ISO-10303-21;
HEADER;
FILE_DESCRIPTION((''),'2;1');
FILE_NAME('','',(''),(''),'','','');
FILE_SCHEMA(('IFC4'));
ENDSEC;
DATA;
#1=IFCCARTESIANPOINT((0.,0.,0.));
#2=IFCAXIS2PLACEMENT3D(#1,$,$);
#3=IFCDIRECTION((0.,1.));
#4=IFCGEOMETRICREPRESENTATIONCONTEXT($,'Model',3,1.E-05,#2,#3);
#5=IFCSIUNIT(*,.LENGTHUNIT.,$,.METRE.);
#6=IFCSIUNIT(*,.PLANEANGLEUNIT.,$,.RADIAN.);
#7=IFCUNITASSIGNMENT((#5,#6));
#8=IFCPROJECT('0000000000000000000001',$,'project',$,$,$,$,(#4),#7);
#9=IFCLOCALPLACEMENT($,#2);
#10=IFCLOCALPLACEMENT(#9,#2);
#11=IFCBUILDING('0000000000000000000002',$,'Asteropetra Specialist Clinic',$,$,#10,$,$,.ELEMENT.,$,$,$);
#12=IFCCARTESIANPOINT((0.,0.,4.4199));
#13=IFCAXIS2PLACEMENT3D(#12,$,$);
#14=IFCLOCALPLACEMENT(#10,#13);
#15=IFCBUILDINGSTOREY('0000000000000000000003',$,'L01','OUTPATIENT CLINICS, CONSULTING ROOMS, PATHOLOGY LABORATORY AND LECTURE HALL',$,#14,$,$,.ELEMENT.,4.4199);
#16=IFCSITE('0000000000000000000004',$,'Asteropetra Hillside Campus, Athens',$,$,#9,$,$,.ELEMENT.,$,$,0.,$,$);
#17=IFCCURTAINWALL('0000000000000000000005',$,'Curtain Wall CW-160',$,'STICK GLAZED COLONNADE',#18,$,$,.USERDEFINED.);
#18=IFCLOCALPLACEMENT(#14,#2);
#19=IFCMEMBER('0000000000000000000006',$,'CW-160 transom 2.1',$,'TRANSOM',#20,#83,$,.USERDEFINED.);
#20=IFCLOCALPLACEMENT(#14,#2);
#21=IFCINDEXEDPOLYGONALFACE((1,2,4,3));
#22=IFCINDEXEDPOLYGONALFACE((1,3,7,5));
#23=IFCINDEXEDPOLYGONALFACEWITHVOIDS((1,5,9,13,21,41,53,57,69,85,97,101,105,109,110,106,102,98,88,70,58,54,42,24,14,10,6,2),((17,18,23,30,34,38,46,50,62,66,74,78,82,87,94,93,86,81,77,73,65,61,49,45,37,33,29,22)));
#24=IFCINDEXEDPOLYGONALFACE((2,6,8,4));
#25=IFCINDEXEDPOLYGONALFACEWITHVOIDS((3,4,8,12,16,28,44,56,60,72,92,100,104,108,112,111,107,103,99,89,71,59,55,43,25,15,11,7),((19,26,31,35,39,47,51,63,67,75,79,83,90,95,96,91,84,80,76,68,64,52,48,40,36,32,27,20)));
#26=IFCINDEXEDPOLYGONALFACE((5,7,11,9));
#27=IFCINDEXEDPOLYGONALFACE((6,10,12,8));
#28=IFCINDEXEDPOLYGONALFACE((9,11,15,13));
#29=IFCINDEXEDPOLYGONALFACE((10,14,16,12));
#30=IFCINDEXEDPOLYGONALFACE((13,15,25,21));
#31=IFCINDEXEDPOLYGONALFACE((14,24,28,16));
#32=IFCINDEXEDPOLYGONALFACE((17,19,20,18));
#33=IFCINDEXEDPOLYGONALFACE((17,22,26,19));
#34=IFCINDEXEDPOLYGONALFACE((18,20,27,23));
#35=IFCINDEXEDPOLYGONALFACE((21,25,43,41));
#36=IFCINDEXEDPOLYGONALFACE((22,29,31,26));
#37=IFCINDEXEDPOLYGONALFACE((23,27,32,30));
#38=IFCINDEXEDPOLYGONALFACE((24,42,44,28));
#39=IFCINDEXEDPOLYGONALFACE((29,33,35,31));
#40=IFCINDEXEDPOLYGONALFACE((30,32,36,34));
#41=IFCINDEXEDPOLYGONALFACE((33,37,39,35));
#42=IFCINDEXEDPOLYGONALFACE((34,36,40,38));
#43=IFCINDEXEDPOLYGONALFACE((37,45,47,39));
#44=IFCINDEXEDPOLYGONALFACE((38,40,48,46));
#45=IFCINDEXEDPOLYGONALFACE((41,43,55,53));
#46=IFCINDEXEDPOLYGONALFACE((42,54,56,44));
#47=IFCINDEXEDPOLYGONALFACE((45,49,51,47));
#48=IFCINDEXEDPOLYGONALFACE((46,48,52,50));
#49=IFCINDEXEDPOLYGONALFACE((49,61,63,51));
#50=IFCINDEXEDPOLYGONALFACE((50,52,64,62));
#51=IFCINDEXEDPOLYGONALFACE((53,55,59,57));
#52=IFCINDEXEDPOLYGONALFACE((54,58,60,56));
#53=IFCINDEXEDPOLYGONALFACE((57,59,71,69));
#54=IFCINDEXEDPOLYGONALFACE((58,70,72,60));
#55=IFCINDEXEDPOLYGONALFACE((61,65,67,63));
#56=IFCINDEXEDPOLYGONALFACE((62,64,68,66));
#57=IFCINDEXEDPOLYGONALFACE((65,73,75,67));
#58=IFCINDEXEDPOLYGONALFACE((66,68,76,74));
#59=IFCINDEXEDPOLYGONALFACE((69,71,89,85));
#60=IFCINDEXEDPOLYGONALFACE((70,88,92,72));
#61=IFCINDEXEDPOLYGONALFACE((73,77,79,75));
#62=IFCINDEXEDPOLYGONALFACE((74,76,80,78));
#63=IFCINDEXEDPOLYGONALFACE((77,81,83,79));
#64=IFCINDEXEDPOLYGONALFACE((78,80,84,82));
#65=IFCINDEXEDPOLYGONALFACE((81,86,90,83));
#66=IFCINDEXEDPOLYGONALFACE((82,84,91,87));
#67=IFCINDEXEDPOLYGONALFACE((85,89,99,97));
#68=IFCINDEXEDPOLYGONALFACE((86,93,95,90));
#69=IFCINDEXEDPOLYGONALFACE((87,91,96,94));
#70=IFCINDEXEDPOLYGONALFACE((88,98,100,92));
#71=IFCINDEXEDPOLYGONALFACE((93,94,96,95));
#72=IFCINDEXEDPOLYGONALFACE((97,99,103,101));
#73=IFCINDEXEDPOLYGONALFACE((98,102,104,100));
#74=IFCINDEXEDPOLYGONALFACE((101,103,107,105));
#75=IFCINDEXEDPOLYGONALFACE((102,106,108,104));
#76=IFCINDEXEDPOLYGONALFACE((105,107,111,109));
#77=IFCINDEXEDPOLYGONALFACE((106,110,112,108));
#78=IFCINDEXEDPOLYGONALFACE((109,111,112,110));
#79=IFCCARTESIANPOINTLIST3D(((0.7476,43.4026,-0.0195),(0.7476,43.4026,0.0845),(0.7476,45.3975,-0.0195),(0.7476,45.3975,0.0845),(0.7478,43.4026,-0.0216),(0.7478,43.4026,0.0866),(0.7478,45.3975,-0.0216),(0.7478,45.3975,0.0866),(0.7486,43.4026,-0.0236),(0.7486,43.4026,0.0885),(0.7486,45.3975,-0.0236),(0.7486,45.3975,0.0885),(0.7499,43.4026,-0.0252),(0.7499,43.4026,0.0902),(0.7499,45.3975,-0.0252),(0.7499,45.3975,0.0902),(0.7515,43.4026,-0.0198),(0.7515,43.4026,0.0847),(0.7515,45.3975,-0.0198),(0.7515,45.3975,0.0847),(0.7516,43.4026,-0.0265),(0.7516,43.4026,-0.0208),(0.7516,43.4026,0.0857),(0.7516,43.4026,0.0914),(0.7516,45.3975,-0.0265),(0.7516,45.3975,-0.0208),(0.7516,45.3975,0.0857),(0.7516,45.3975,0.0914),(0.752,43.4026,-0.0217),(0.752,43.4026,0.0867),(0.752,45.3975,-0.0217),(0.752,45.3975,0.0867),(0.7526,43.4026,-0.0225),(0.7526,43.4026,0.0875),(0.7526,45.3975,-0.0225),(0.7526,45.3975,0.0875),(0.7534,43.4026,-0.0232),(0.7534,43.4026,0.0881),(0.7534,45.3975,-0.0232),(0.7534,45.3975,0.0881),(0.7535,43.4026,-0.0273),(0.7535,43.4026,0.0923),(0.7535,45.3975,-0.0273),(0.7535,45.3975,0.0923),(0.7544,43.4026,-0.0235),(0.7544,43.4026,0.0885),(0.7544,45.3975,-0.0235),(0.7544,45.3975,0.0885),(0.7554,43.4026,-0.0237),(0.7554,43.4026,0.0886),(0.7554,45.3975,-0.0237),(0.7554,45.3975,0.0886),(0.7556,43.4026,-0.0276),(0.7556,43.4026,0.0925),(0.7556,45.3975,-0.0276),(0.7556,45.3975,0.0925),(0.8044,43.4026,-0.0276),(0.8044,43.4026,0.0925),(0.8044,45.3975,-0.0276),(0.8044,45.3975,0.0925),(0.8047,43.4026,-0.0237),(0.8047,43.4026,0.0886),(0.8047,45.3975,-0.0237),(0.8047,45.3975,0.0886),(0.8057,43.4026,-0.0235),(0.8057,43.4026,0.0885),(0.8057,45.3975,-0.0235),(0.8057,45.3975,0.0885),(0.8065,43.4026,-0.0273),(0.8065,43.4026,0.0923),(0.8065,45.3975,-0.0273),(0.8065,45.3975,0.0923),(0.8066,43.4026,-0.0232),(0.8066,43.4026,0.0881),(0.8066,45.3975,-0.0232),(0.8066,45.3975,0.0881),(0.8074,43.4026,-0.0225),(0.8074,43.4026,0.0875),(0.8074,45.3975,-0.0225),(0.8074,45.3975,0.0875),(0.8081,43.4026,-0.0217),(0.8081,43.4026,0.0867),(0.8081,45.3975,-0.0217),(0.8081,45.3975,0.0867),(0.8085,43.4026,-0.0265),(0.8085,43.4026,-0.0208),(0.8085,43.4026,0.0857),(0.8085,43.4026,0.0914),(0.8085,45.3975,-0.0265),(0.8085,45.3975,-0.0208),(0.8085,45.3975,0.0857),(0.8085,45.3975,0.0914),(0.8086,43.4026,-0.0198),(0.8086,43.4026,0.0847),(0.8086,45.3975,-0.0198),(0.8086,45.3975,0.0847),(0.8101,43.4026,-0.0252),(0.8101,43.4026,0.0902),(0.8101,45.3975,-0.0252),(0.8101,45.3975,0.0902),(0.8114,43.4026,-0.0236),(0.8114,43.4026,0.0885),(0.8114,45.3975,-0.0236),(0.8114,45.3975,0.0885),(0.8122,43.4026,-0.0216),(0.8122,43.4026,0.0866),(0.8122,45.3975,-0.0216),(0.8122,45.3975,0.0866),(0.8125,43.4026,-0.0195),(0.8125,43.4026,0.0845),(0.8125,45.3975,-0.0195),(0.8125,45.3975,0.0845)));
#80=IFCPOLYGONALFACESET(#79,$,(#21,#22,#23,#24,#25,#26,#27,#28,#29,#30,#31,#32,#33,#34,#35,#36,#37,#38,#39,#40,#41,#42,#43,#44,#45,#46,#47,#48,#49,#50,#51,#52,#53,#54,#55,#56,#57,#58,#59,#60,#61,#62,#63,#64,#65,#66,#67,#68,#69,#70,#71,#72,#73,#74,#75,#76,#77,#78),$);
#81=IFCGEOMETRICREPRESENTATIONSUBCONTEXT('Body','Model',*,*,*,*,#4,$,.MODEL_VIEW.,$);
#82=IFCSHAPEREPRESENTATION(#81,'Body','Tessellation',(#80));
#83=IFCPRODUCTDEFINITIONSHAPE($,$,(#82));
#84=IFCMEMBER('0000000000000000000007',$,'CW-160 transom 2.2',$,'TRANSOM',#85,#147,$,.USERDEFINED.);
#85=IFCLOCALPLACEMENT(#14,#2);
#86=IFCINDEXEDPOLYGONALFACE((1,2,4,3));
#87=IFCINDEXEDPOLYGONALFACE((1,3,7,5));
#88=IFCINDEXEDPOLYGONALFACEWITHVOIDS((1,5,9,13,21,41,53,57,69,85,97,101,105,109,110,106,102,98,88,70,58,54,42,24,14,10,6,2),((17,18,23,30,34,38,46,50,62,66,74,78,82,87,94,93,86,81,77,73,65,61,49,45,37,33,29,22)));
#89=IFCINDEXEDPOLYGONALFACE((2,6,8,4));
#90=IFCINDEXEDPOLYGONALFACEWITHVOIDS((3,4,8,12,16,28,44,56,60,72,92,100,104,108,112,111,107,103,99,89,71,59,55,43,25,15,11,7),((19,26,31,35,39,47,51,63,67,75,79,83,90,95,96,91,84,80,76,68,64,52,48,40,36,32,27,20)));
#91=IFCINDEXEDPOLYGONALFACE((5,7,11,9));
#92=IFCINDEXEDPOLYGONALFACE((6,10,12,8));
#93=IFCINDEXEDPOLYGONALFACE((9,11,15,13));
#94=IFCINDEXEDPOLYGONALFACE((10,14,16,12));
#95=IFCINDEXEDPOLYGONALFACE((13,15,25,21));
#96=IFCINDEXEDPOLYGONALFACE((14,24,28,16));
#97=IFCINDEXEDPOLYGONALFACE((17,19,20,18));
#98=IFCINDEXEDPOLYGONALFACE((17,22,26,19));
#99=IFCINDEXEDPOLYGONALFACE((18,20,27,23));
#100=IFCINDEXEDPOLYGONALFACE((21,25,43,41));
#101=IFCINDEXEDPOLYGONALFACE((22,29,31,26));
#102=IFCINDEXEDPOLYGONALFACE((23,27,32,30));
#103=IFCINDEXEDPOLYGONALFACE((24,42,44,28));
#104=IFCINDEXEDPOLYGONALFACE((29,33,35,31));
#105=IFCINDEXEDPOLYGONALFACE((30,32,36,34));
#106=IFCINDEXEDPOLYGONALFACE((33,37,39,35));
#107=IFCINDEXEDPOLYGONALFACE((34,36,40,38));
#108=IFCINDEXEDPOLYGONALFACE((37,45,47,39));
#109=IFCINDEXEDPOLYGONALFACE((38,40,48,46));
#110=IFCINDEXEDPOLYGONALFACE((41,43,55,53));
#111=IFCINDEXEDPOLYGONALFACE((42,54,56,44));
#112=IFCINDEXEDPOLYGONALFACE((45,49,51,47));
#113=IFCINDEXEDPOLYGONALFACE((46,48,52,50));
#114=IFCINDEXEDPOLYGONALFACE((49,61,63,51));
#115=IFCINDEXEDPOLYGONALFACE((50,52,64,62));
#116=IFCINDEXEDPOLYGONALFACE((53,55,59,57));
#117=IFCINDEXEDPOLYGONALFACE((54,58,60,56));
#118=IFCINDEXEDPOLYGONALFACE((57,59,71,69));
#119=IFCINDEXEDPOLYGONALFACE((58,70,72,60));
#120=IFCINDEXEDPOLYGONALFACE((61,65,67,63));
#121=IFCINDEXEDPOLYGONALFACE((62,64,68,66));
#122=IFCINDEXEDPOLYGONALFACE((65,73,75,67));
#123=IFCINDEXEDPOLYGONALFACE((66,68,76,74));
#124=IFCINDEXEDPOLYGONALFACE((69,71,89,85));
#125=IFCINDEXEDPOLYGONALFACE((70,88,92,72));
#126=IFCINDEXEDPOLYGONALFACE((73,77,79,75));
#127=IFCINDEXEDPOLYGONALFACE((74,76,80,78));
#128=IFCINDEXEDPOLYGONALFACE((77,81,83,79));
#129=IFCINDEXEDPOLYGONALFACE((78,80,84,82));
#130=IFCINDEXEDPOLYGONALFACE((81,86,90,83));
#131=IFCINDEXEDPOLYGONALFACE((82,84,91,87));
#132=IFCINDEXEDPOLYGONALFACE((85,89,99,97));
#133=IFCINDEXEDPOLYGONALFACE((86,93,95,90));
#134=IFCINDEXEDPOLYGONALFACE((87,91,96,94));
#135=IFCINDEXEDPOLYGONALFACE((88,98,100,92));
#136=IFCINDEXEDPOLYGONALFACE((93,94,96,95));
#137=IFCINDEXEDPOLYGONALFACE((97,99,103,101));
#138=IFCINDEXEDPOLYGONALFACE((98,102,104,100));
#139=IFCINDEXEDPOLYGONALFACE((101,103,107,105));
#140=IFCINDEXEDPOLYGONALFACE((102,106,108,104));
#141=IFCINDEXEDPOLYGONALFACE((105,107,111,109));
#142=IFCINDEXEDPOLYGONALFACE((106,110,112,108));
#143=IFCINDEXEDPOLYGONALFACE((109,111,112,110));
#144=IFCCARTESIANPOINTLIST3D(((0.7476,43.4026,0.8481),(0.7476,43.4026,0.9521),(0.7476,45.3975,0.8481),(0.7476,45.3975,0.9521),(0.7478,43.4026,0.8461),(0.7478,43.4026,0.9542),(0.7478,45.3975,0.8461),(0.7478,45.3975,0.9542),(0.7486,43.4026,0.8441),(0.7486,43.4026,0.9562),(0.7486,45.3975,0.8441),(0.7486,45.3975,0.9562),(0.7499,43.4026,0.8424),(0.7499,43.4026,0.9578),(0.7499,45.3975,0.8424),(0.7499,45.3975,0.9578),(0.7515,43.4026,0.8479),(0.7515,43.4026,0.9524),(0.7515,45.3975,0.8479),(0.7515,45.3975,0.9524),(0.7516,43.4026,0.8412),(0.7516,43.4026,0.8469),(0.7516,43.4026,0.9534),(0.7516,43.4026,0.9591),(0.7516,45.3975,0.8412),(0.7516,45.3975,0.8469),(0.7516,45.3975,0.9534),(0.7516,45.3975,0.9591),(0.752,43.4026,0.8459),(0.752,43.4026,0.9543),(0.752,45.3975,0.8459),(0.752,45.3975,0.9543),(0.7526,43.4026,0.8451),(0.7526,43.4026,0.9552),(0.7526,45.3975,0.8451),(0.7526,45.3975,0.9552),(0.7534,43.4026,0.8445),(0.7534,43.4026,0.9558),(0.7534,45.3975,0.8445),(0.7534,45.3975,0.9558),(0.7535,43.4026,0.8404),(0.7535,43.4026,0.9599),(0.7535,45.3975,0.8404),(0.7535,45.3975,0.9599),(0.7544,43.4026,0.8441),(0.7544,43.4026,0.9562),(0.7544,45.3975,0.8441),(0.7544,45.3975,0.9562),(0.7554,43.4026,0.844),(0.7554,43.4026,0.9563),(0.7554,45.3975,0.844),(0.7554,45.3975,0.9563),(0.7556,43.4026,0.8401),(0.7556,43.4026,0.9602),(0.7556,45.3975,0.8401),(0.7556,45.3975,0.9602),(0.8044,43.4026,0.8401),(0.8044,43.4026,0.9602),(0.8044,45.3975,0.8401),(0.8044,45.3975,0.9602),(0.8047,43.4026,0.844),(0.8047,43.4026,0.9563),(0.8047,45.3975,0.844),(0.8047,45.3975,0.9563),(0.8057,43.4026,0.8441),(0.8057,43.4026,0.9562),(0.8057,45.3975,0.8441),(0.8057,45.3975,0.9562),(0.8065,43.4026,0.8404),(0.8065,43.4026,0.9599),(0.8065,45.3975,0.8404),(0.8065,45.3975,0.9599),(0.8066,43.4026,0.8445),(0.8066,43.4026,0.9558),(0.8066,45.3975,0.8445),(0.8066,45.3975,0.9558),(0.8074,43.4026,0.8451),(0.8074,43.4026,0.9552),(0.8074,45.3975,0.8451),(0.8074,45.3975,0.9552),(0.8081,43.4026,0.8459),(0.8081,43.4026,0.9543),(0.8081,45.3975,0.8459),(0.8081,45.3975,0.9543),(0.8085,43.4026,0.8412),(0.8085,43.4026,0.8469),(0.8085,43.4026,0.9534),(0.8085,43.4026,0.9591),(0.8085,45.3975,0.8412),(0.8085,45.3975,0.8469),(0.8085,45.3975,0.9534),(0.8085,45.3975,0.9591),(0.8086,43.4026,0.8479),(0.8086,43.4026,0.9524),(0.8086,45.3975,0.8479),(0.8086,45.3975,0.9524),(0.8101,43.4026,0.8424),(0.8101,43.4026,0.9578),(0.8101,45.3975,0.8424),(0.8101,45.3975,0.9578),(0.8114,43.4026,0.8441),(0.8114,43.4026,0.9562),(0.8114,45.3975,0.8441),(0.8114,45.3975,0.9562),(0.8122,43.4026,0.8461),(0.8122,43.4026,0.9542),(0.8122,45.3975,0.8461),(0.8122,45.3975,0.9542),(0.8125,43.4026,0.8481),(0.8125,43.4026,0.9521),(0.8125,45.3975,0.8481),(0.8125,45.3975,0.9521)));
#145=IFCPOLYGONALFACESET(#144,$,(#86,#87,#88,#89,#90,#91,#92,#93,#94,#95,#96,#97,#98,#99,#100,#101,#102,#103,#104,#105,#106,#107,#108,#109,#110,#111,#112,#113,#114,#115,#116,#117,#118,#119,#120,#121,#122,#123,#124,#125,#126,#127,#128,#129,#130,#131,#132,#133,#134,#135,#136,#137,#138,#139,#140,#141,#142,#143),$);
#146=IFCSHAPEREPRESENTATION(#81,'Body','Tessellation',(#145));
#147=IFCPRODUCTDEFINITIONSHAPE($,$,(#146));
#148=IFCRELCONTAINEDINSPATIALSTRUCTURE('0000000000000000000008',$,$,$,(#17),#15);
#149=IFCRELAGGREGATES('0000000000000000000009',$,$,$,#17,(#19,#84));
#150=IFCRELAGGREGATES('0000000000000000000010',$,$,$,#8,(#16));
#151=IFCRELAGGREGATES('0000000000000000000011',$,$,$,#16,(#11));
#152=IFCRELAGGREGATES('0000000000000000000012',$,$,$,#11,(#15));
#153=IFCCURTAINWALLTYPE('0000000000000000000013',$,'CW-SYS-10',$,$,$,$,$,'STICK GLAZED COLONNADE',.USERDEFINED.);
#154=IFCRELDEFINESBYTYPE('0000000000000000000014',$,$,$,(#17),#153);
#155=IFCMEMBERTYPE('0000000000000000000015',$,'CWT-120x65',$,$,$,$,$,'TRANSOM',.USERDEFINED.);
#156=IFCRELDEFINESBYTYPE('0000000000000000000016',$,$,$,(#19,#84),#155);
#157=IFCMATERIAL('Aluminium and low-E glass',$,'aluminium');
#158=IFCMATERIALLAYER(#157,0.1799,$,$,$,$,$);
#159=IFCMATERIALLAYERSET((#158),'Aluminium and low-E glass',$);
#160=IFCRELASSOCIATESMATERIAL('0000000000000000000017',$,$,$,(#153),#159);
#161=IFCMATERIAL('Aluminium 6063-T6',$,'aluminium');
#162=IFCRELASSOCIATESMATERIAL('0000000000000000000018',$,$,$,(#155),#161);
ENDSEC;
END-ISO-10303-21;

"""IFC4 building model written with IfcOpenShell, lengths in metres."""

from ifc_helpers import new_model, si_unit, direction, frame, origin, origin_2d, place, context, subcontext, project, spatial, hollow_rectangle, extrude, material, layer, layer_set, material_profile, profile_set, type_object, element, aggregate, save


model = new_model("IFC4")

# Units and contexts
model_context = context("Model", 3, precision=1e-05, world=origin(), true_north=direction((0.0, 1.0)))
body_context = subcontext(model_context, "Body", "Model", "MODEL_VIEW")
ifc_project = project(units=[si_unit("LENGTHUNIT", "METRE"), si_unit("PLANEANGLEUNIT", "RADIAN")], contexts=[model_context])

# Site, building, storey
site_placement = place(None, origin())
site = spatial("IfcSite", under=ifc_project, at=site_placement, Name="Asteropetra Hillside Campus, Athens", CompositionType="ELEMENT", RefElevation=0.0)
building_placement = place(site_placement, origin())
building = spatial("IfcBuilding", under=site, at=building_placement, Name="Asteropetra Specialist Clinic", CompositionType="ELEMENT")
storey_placement = place(building_placement, frame((0.0, 0.0, 4.4199)))
storey = spatial("IfcBuildingStorey", under=building, at=storey_placement, Name="L01", Description="OUTPATIENT CLINICS, CONSULTING ROOMS, PATHOLOGY LABORATORY AND LECTURE HALL", CompositionType="ELEMENT", Elevation=4.4199)

# Curtain wall, members
ifc_material_1 = material(Name="Aluminium and low-E glass", Category="aluminium")
ifc_layer_1 = layer(ifc_material_1, 0.1799)
ifc_layer_set_1 = layer_set([ifc_layer_1], Name="Aluminium and low-E glass")
curtain_wall_type = type_object("IfcCurtainWallType", Name="CW-SYS-10", ElementType="STICK GLAZED COLONNADE", PredefinedType="USERDEFINED", material=ifc_layer_set_1)
curtain_wall_placement = place(storey_placement, origin())
curtain_wall = element("IfcCurtainWall", 1, at=curtain_wall_placement, inside=storey, type_object=curtain_wall_type, Name="Curtain Wall CW-160", ObjectType="STICK GLAZED COLONNADE", PredefinedType="USERDEFINED")
ifc_material_2 = material(Name="Aluminium 6063-T6", Category="aluminium")
ifc_material_profile_1 = material_profile(ifc_material_2, hollow_rectangle(XDim=0.0649, YDim=0.1201, WallThickness=0.0039, InnerFilletRadius=0.0039, OuterFilletRadius=0.0081, at=origin_2d()), Name="TRN 120x65x4.0")
ifc_profile_set_1 = profile_set([ifc_material_profile_1], Name="Aluminium 6063-T6")
member_type_1 = type_object("IfcMemberType", Name="CWT-120x65", ElementType="TRANSOM", PredefinedType="USERDEFINED", material=ifc_profile_set_1)
member_1_placement = place(storey_placement, frame((0.78, 45.3975, 0.0325), z_axis=(0.0, -1.0, 0.0), x_axis=(1.0, 0.0, 0.0)))
member_1 = element("IfcMember", 2, at=member_1_placement, type_object=member_type_1, Name="CW-160 transom 2.1", ObjectType="TRANSOM", PredefinedType="USERDEFINED", context=body_context, shape_type="SweptSolid", body=[
    extrude(hollow_rectangle(XDim=0.0649, YDim=0.1201, WallThickness=0.0039, InnerFilletRadius=0.0039, OuterFilletRadius=0.0081, at=origin_2d()), origin(), (0.0, 0.0, 1.0), 1.9949),
])
member_2_placement = place(storey_placement, frame((0.78, 45.3975, 0.9001), z_axis=(0.0, -1.0, 0.0), x_axis=(1.0, 0.0, 0.0)))
member_2 = element("IfcMember", 3, at=member_2_placement, type_object=member_type_1, Name="CW-160 transom 2.2", ObjectType="TRANSOM", PredefinedType="USERDEFINED", context=body_context, shape_type="SweptSolid", body=[
    extrude(hollow_rectangle(XDim=0.0649, YDim=0.1201, WallThickness=0.0039, InnerFilletRadius=0.0039, OuterFilletRadius=0.0081, at=origin_2d()), origin(), (0.0, 0.0, 1.0), 1.9949),
])
aggregate(curtain_wall, [member_1, member_2])

save(model, "model.ifc")
